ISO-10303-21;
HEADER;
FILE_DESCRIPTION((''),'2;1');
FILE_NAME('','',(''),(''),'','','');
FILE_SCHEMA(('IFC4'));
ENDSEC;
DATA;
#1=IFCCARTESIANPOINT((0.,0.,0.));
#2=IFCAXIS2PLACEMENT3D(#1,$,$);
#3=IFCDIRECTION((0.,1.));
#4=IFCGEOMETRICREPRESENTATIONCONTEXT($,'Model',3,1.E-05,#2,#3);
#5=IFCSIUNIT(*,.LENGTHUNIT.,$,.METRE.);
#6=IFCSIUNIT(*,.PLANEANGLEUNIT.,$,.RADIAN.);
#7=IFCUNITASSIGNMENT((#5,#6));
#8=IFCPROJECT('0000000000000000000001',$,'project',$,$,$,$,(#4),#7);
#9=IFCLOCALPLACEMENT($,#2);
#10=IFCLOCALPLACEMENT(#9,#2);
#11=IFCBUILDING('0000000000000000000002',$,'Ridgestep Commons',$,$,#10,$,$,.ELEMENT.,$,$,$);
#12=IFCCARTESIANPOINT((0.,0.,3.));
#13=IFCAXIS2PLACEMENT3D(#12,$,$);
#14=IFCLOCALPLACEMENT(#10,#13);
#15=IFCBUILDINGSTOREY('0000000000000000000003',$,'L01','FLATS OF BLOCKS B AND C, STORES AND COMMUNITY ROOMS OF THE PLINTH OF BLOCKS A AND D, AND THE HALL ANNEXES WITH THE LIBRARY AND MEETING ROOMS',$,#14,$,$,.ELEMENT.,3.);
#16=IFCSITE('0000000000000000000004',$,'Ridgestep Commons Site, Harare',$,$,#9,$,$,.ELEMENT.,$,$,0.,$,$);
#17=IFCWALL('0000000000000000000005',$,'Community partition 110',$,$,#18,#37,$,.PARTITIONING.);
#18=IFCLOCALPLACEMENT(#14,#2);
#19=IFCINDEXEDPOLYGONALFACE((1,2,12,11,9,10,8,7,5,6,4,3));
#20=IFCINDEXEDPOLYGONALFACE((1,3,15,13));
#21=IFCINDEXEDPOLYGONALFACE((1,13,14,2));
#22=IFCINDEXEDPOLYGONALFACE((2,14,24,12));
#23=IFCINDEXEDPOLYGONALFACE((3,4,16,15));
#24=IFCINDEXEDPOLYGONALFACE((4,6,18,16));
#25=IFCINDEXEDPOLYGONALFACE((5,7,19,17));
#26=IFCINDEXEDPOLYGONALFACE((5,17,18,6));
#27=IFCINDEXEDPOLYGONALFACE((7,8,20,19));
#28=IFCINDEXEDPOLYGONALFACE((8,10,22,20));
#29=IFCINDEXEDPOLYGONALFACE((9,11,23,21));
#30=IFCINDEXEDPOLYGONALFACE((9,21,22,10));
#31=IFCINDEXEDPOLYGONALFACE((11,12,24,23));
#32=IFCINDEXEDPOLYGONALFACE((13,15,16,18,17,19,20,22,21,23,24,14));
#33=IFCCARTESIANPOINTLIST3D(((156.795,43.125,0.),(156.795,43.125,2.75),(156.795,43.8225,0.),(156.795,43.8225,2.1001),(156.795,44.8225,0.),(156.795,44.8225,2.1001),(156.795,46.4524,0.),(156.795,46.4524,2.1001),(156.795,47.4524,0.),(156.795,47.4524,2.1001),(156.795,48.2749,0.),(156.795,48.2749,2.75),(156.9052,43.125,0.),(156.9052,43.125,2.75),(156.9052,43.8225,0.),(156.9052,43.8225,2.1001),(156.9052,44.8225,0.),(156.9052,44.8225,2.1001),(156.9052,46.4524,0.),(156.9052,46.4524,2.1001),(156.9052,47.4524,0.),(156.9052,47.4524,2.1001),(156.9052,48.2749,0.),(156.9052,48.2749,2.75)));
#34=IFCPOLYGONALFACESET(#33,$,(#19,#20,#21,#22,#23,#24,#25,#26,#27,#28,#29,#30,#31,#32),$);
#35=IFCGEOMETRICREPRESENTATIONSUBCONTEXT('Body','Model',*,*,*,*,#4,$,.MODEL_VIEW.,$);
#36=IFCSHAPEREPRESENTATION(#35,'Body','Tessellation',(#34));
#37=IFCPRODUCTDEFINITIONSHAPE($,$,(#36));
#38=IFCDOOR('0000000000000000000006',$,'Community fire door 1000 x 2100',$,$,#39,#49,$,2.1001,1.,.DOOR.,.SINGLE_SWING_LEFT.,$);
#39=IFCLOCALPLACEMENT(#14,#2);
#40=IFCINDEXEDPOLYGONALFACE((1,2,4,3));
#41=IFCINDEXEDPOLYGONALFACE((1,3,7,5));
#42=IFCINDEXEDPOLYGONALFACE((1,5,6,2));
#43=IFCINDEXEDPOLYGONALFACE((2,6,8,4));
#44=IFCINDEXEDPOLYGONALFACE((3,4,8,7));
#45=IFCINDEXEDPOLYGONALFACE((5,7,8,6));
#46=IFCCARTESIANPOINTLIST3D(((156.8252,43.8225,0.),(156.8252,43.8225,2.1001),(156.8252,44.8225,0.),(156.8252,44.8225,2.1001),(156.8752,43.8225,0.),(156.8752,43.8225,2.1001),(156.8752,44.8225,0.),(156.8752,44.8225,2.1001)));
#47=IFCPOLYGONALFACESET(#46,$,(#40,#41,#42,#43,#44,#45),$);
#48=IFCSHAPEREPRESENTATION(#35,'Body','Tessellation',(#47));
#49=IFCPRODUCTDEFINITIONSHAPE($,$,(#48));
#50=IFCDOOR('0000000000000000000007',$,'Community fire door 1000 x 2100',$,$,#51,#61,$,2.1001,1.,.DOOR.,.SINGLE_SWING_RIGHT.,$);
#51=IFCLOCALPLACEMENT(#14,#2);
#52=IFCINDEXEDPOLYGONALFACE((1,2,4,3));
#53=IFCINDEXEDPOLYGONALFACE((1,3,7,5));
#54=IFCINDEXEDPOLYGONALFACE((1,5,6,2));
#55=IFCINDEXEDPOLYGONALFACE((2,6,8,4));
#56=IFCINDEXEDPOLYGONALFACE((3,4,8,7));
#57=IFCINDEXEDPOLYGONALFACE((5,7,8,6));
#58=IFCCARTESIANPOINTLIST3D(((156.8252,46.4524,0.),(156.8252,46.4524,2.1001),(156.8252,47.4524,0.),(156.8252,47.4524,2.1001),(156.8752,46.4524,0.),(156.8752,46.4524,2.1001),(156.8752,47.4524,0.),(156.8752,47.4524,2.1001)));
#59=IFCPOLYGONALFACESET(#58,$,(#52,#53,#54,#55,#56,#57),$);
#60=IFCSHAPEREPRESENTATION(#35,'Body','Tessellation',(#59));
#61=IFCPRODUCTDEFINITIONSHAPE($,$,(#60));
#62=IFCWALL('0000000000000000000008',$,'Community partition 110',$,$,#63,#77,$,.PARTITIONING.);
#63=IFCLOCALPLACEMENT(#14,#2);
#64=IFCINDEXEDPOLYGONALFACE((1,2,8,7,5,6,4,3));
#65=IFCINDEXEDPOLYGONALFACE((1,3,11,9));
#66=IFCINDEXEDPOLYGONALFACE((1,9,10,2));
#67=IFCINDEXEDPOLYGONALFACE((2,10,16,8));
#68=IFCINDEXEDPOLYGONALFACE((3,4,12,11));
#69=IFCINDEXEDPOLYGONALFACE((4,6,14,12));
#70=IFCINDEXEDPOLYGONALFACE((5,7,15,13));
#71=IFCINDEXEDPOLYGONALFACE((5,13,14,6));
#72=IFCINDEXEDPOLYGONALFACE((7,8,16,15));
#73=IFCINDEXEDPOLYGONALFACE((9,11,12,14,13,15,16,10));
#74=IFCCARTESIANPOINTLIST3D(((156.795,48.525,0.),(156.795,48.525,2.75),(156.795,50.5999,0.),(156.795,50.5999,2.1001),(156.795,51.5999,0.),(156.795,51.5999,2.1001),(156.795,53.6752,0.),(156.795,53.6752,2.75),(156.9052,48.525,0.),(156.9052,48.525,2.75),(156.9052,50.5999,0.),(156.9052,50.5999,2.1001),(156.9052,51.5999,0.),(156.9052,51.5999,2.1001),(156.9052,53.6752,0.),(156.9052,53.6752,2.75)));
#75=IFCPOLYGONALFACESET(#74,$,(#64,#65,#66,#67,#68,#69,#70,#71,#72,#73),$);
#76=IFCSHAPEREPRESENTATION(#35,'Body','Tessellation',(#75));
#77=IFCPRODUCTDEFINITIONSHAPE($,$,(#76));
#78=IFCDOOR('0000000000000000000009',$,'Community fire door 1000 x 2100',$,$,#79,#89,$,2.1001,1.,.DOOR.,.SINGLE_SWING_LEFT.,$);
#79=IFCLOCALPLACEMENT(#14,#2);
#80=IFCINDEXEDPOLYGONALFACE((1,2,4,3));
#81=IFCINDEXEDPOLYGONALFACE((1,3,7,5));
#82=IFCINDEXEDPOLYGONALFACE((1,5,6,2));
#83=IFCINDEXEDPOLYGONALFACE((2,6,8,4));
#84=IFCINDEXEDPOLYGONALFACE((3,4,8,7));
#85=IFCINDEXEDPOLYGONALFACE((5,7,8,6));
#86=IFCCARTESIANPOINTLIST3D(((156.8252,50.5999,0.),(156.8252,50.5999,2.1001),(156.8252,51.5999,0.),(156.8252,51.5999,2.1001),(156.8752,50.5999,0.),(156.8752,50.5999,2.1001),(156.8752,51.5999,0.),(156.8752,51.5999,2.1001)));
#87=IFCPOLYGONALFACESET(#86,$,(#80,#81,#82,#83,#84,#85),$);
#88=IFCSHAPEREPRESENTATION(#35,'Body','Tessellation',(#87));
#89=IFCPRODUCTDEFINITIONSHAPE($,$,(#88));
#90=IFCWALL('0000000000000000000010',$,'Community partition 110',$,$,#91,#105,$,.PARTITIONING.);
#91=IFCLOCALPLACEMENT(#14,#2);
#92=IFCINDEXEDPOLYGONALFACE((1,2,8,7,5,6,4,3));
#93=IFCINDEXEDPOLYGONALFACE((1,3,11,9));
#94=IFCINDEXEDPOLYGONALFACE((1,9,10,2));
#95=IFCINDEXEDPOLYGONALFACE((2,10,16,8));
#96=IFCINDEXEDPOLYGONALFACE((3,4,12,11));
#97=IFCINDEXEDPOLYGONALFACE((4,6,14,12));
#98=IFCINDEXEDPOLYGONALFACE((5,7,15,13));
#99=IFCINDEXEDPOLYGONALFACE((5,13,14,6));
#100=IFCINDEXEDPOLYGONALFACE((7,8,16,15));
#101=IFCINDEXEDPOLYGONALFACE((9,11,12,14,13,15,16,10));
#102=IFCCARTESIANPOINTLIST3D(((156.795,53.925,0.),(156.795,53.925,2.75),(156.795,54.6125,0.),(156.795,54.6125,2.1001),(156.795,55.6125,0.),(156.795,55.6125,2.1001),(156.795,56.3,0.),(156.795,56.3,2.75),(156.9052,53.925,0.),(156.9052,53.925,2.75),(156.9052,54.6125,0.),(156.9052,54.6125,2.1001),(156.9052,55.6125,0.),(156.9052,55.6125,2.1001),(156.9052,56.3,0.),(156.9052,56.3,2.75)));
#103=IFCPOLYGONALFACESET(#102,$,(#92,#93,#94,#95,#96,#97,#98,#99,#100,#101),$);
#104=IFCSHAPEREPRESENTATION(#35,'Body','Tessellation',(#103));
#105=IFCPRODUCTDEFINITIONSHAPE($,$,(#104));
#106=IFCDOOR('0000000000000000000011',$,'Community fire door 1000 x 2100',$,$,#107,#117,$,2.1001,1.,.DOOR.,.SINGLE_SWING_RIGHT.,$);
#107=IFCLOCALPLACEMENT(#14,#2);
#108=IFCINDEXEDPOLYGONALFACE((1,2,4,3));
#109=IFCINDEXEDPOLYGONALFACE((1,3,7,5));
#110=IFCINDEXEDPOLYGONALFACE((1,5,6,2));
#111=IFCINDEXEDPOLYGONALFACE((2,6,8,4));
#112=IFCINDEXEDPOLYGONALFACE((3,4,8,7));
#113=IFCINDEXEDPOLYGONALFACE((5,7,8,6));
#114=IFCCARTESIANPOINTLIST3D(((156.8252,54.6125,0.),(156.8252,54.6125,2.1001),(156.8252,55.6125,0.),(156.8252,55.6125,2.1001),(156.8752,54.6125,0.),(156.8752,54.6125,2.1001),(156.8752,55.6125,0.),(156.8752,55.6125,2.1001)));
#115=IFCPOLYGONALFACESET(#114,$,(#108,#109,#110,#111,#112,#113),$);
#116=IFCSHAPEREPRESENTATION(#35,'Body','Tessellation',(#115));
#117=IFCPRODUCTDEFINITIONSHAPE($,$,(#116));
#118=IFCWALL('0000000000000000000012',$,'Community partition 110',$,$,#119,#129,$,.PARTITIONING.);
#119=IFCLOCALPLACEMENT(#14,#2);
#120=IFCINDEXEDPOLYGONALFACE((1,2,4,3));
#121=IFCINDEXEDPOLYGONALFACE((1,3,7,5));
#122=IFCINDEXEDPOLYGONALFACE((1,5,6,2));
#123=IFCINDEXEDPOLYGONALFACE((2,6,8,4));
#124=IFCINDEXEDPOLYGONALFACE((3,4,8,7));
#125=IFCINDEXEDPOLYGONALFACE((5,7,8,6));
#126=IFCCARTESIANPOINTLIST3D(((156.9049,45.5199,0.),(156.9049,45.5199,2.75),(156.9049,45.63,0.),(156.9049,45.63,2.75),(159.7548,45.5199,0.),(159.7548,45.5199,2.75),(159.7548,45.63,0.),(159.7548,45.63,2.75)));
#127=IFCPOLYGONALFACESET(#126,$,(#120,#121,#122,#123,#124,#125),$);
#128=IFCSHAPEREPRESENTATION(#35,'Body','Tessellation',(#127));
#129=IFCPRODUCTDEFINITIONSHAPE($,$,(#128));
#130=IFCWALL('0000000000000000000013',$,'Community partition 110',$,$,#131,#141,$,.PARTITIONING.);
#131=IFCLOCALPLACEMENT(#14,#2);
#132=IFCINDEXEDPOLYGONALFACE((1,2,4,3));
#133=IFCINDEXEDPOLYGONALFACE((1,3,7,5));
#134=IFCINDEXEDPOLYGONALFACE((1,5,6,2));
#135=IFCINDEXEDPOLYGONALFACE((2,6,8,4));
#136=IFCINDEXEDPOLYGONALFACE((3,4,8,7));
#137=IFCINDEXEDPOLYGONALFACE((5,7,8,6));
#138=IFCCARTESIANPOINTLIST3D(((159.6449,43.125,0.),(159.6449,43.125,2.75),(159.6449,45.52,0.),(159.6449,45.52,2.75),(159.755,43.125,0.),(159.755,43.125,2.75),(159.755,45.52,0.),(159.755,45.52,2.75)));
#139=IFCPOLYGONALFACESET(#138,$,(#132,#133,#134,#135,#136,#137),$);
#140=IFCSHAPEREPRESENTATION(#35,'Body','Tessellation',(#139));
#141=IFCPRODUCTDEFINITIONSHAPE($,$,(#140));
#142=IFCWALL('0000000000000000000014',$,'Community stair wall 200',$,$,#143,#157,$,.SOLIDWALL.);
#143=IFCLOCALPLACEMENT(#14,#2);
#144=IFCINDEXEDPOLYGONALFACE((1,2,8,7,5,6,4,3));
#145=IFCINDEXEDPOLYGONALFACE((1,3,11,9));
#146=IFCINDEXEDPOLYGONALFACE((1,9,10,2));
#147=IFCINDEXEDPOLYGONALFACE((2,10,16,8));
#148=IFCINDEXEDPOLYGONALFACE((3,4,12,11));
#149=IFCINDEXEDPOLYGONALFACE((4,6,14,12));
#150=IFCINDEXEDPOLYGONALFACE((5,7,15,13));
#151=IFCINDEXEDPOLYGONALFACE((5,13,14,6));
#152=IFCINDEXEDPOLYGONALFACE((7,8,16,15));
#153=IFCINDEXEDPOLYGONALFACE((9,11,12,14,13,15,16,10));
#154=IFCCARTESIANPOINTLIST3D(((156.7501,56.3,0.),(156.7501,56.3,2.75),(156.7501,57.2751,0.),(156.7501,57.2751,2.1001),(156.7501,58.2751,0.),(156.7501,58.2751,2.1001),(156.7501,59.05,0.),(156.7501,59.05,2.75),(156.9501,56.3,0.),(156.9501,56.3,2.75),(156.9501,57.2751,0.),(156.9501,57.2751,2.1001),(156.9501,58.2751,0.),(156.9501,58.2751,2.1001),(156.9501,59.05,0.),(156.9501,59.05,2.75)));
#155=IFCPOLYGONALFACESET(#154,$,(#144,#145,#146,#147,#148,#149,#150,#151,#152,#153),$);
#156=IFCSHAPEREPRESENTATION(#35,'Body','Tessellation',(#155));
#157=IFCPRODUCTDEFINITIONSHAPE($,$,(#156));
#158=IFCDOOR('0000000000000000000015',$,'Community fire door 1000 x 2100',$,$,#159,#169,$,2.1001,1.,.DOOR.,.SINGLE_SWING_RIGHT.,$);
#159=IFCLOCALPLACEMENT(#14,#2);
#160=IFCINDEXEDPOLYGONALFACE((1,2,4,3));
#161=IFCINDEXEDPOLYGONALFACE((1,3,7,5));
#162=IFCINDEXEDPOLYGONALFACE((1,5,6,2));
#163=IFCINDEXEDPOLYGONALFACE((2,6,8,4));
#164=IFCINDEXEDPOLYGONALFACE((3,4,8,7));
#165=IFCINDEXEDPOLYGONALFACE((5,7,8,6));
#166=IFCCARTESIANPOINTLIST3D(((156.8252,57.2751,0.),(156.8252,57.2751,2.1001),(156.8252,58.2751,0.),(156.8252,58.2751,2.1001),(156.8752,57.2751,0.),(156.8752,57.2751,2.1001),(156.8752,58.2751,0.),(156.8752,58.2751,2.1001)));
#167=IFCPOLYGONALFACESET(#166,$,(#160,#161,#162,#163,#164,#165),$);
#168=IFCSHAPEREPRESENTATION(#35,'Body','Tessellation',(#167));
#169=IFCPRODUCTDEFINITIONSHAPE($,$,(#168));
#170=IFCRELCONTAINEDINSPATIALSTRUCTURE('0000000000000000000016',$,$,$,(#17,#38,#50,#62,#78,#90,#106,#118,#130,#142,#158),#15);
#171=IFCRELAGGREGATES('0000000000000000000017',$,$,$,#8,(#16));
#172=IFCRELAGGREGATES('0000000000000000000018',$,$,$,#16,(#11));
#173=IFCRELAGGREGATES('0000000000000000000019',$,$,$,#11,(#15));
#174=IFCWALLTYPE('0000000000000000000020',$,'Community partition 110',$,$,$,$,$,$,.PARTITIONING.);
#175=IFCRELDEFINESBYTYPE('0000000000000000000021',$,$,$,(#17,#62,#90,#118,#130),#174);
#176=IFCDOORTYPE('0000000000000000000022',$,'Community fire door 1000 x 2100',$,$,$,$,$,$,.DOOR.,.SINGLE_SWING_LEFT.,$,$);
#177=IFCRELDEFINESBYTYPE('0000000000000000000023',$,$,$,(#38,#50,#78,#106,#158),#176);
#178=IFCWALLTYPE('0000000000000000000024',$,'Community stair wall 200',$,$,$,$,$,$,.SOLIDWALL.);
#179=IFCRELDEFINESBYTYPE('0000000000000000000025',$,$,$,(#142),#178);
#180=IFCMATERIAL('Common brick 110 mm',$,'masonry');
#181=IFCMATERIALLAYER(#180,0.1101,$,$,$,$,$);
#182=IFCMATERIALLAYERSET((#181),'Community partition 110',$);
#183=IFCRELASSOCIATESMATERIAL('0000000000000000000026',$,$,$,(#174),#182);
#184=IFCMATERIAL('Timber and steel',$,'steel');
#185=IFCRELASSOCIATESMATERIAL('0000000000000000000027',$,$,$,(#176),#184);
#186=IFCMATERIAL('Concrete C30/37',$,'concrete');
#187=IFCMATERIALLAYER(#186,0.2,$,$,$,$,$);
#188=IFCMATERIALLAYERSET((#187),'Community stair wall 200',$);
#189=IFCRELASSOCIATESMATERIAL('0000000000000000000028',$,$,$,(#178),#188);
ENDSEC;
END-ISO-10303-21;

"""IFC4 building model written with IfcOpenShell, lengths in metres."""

from ifc_helpers import new_model, si_unit, direction, frame, frame_2d, origin, place, context, subcontext, project, spatial, rectangle, extrude, material, layer, layer_set, type_object, element, fill, save


model = new_model("IFC4")

# Units and contexts
model_context = context("Model", 3, precision=1e-05, world=origin(), true_north=direction((0.0, 1.0)))
body_context = subcontext(model_context, "Body", "Model", "MODEL_VIEW")
ifc_project = project(units=[si_unit("LENGTHUNIT", "METRE"), si_unit("PLANEANGLEUNIT", "RADIAN")], contexts=[model_context])

# Site, building, storey
site_placement = place(None, origin())
site = spatial("IfcSite", under=ifc_project, at=site_placement, Name="Ridgestep Commons Site, Harare", CompositionType="ELEMENT", RefElevation=0.0)
building_placement = place(site_placement, origin())
building = spatial("IfcBuilding", under=site, at=building_placement, Name="Ridgestep Commons", CompositionType="ELEMENT")
storey_placement = place(building_placement, frame((0.0, 0.0, 3.0)))
storey = spatial("IfcBuildingStorey", under=building, at=storey_placement, Name="L01", Description="FLATS OF BLOCKS B AND C, STORES AND COMMUNITY ROOMS OF THE PLINTH OF BLOCKS A AND D, AND THE HALL ANNEXES WITH THE LIBRARY AND MEETING ROOMS", CompositionType="ELEMENT", Elevation=3.0)

# Shared definitions
ifc_material_1 = material(Name="Common brick 110 mm", Category="masonry")
ifc_layer_1 = layer(ifc_material_1, 0.1101)
ifc_layer_set_1 = layer_set([ifc_layer_1], Name="Community partition 110")
wall_type_1 = type_object("IfcWallType", Name="Community partition 110", PredefinedType="PARTITIONING", material=ifc_layer_set_1)
ifc_material_2 = material(Name="Timber and steel", Category="steel")
door_type = type_object("IfcDoorType", Name="Community fire door 1000 x 2100", OperationType="SINGLE_SWING_LEFT", PredefinedType="DOOR", material=ifc_material_2)

# Wall, openings, doors
wall_1_placement = place(storey_placement, frame((156.8501, 43.125, 0.0), z_axis=(0.0, 0.0, 1.0), x_axis=(0.0, 1.0, 0.0)))
wall_1 = element("IfcWall", 1, at=wall_1_placement, inside=storey, type_object=wall_type_1, Name="Community partition 110", PredefinedType="PARTITIONING", context=body_context, shape_type="SweptSolid", body=[
    extrude(rectangle(XDim=5.1499, YDim=0.1101, at=frame_2d((2.575, 0.0))), origin(), (0.0, 0.0, 1.0), 2.75),
])
opening_1_placement = place(wall_1_placement, frame((0.6975, 0.0, 0.0)))
opening_1 = element("IfcOpeningElement", 2, at=opening_1_placement, cuts=wall_1, PredefinedType="OPENING", context=body_context, shape_type="SweptSolid", body=[
    extrude(rectangle(XDim=1.0, YDim=2.1001, at=frame_2d((0.5, 1.05))), frame((0.0, 0.0649, 0.0), z_axis=(0.0, -1.0, 0.0), x_axis=(1.0, 0.0, 0.0)), (0.0, 0.0, 1.0), 0.1301),
])
opening_2_placement = place(wall_1_placement, frame((3.3274, 0.0, 0.0)))
opening_2 = element("IfcOpeningElement", 3, at=opening_2_placement, cuts=wall_1, PredefinedType="OPENING", context=body_context, shape_type="SweptSolid", body=[
    extrude(rectangle(XDim=1.0, YDim=2.1001, at=frame_2d((0.5, 1.05))), frame((0.0, 0.0649, 0.0), z_axis=(0.0, -1.0, 0.0), x_axis=(1.0, 0.0, 0.0)), (0.0, 0.0, 1.0), 0.1301),
])
door_1_placement = place(opening_1_placement, origin())
door_1 = element("IfcDoor", 4, at=door_1_placement, inside=storey, type_object=door_type, Name="Community fire door 1000 x 2100", OperationType="SINGLE_SWING_LEFT", OverallHeight=2.1001, OverallWidth=1.0, PredefinedType="DOOR", context=body_context, shape_type="SweptSolid", body=[
    extrude(rectangle(XDim=1.0, YDim=2.1001, at=frame_2d((0.5, 1.05))), frame((0.0, 0.0249, 0.0), z_axis=(0.0, -1.0, 0.0), x_axis=(1.0, 0.0, 0.0)), (0.0, 0.0, 1.0), 0.05),
])
fill(opening_1, door_1)
door_2_placement = place(opening_2_placement, origin())
door_2 = element("IfcDoor", 5, at=door_2_placement, inside=storey, type_object=door_type, Name="Community fire door 1000 x 2100", OperationType="SINGLE_SWING_RIGHT", OverallHeight=2.1001, OverallWidth=1.0, PredefinedType="DOOR", context=body_context, shape_type="SweptSolid", body=[
    extrude(rectangle(XDim=1.0, YDim=2.1001, at=frame_2d((0.5, 1.05))), frame((0.0, 0.0249, 0.0), z_axis=(0.0, -1.0, 0.0), x_axis=(1.0, 0.0, 0.0)), (0.0, 0.0, 1.0), 0.05),
])
fill(opening_2, door_2)

# Walls, openings, doors
wall_2_placement = place(storey_placement, frame((156.8501, 48.5249, 0.0), z_axis=(0.0, 0.0, 1.0), x_axis=(0.0, 1.0, 0.0)))
wall_2 = element("IfcWall", 6, at=wall_2_placement, inside=storey, type_object=wall_type_1, Name="Community partition 110", PredefinedType="PARTITIONING", context=body_context, shape_type="SweptSolid", body=[
    extrude(rectangle(XDim=5.1501, YDim=0.1101, at=frame_2d((2.5752, 0.0))), origin(), (0.0, 0.0, 1.0), 2.75),
])
opening_3_placement = place(wall_2_placement, frame((2.075, 0.0, 0.0)))
opening_3 = element("IfcOpeningElement", 7, at=opening_3_placement, cuts=wall_2, PredefinedType="OPENING", context=body_context, shape_type="SweptSolid", body=[
    extrude(rectangle(XDim=1.0, YDim=2.1001, at=frame_2d((0.5, 1.05))), frame((0.0, 0.0649, 0.0), z_axis=(0.0, -1.0, 0.0), x_axis=(1.0, 0.0, 0.0)), (0.0, 0.0, 1.0), 0.1301),
])
door_3_placement = place(opening_3_placement, origin())
door_3 = element("IfcDoor", 8, at=door_3_placement, inside=storey, type_object=door_type, Name="Community fire door 1000 x 2100", OperationType="SINGLE_SWING_LEFT", OverallHeight=2.1001, OverallWidth=1.0, PredefinedType="DOOR", context=body_context, shape_type="SweptSolid", body=[
    extrude(rectangle(XDim=1.0, YDim=2.1001, at=frame_2d((0.5, 1.05))), frame((0.0, 0.0249, 0.0), z_axis=(0.0, -1.0, 0.0), x_axis=(1.0, 0.0, 0.0)), (0.0, 0.0, 1.0), 0.05),
])
fill(opening_3, door_3)
wall_3_placement = place(storey_placement, frame((156.8501, 53.925, 0.0), z_axis=(0.0, 0.0, 1.0), x_axis=(0.0, 1.0, 0.0)))
wall_3 = element("IfcWall", 9, at=wall_3_placement, inside=storey, type_object=wall_type_1, Name="Community partition 110", PredefinedType="PARTITIONING", context=body_context, shape_type="SweptSolid", body=[
    extrude(rectangle(XDim=2.375, YDim=0.1101, at=frame_2d((1.1875, 0.0))), origin(), (0.0, 0.0, 1.0), 2.75),
])
opening_4_placement = place(wall_3_placement, frame((0.6875, 0.0, 0.0)))
opening_4 = element("IfcOpeningElement", 10, at=opening_4_placement, cuts=wall_3, PredefinedType="OPENING", context=body_context, shape_type="SweptSolid", body=[
    extrude(rectangle(XDim=1.0, YDim=2.1001, at=frame_2d((0.5, 1.05))), frame((0.0, 0.0649, 0.0), z_axis=(0.0, -1.0, 0.0), x_axis=(1.0, 0.0, 0.0)), (0.0, 0.0, 1.0), 0.1301),
])
door_4_placement = place(opening_4_placement, origin())
door_4 = element("IfcDoor", 11, at=door_4_placement, inside=storey, type_object=door_type, Name="Community fire door 1000 x 2100", OperationType="SINGLE_SWING_RIGHT", OverallHeight=2.1001, OverallWidth=1.0, PredefinedType="DOOR", context=body_context, shape_type="SweptSolid", body=[
    extrude(rectangle(XDim=1.0, YDim=2.1001, at=frame_2d((0.5, 1.05))), frame((0.0, 0.0249, 0.0), z_axis=(0.0, -1.0, 0.0), x_axis=(1.0, 0.0, 0.0)), (0.0, 0.0, 1.0), 0.05),
])
fill(opening_4, door_4)

# Walls
wall_4_placement = place(storey_placement, frame((156.905, 45.575, 0.0), z_axis=(0.0, 0.0, 1.0), x_axis=(1.0, 0.0, 0.0)))
element("IfcWall", 12, at=wall_4_placement, inside=storey, type_object=wall_type_1, Name="Community partition 110", PredefinedType="PARTITIONING", context=body_context, shape_type="SweptSolid", body=[
    extrude(rectangle(XDim=2.8499, YDim=0.1101, at=frame_2d((1.4248, 0.0))), origin(), (0.0, 0.0, 1.0), 2.75),
])
wall_5_placement = place(storey_placement, frame((159.7, 43.125, 0.0), z_axis=(0.0, 0.0, 1.0), x_axis=(0.0, 1.0, 0.0)))
element("IfcWall", 13, at=wall_5_placement, inside=storey, type_object=wall_type_1, Name="Community partition 110", PredefinedType="PARTITIONING", context=body_context, shape_type="SweptSolid", body=[
    extrude(rectangle(XDim=2.395, YDim=0.1101, at=frame_2d((1.1975, 0.0))), origin(), (0.0, 0.0, 1.0), 2.75),
])

# Wall, opening, door
ifc_material_3 = material(Name="Concrete C30/37", Category="concrete")
ifc_layer_2 = layer(ifc_material_3, 0.2)
ifc_layer_set_2 = layer_set([ifc_layer_2], Name="Community stair wall 200")
wall_type_2 = type_object("IfcWallType", Name="Community stair wall 200", PredefinedType="SOLIDWALL", material=ifc_layer_set_2)
wall_6_placement = place(storey_placement, frame((156.8501, 56.3, 0.0), z_axis=(0.0, 0.0, 1.0), x_axis=(0.0, 1.0, 0.0)))
wall_6 = element("IfcWall", 14, at=wall_6_placement, inside=storey, type_object=wall_type_2, Name="Community stair wall 200", PredefinedType="SOLIDWALL", context=body_context, shape_type="SweptSolid", body=[
    extrude(rectangle(XDim=2.75, YDim=0.2, at=frame_2d((1.375, 0.0))), origin(), (0.0, 0.0, 1.0), 2.75),
])
opening_5_placement = place(wall_6_placement, frame((0.9751, 0.0, 0.0)))
opening_5 = element("IfcOpeningElement", 15, at=opening_5_placement, cuts=wall_6, PredefinedType="OPENING", context=body_context, shape_type="SweptSolid", body=[
    extrude(rectangle(XDim=1.0, YDim=2.1001, at=frame_2d((0.5, 1.05))), frame((0.0, 0.1099, 0.0), z_axis=(0.0, -1.0, 0.0), x_axis=(1.0, 0.0, 0.0)), (0.0, 0.0, 1.0), 0.22),
])
door_5_placement = place(opening_5_placement, origin())
door_5 = element("IfcDoor", 16, at=door_5_placement, inside=storey, type_object=door_type, Name="Community fire door 1000 x 2100", OperationType="SINGLE_SWING_RIGHT", OverallHeight=2.1001, OverallWidth=1.0, PredefinedType="DOOR", context=body_context, shape_type="SweptSolid", body=[
    extrude(rectangle(XDim=1.0, YDim=2.1001, at=frame_2d((0.5, 1.05))), frame((0.0, 0.0249, 0.0), z_axis=(0.0, -1.0, 0.0), x_axis=(1.0, 0.0, 0.0)), (0.0, 0.0, 1.0), 0.05),
])
fill(opening_5, door_5)

save(model, "model.ifc")
